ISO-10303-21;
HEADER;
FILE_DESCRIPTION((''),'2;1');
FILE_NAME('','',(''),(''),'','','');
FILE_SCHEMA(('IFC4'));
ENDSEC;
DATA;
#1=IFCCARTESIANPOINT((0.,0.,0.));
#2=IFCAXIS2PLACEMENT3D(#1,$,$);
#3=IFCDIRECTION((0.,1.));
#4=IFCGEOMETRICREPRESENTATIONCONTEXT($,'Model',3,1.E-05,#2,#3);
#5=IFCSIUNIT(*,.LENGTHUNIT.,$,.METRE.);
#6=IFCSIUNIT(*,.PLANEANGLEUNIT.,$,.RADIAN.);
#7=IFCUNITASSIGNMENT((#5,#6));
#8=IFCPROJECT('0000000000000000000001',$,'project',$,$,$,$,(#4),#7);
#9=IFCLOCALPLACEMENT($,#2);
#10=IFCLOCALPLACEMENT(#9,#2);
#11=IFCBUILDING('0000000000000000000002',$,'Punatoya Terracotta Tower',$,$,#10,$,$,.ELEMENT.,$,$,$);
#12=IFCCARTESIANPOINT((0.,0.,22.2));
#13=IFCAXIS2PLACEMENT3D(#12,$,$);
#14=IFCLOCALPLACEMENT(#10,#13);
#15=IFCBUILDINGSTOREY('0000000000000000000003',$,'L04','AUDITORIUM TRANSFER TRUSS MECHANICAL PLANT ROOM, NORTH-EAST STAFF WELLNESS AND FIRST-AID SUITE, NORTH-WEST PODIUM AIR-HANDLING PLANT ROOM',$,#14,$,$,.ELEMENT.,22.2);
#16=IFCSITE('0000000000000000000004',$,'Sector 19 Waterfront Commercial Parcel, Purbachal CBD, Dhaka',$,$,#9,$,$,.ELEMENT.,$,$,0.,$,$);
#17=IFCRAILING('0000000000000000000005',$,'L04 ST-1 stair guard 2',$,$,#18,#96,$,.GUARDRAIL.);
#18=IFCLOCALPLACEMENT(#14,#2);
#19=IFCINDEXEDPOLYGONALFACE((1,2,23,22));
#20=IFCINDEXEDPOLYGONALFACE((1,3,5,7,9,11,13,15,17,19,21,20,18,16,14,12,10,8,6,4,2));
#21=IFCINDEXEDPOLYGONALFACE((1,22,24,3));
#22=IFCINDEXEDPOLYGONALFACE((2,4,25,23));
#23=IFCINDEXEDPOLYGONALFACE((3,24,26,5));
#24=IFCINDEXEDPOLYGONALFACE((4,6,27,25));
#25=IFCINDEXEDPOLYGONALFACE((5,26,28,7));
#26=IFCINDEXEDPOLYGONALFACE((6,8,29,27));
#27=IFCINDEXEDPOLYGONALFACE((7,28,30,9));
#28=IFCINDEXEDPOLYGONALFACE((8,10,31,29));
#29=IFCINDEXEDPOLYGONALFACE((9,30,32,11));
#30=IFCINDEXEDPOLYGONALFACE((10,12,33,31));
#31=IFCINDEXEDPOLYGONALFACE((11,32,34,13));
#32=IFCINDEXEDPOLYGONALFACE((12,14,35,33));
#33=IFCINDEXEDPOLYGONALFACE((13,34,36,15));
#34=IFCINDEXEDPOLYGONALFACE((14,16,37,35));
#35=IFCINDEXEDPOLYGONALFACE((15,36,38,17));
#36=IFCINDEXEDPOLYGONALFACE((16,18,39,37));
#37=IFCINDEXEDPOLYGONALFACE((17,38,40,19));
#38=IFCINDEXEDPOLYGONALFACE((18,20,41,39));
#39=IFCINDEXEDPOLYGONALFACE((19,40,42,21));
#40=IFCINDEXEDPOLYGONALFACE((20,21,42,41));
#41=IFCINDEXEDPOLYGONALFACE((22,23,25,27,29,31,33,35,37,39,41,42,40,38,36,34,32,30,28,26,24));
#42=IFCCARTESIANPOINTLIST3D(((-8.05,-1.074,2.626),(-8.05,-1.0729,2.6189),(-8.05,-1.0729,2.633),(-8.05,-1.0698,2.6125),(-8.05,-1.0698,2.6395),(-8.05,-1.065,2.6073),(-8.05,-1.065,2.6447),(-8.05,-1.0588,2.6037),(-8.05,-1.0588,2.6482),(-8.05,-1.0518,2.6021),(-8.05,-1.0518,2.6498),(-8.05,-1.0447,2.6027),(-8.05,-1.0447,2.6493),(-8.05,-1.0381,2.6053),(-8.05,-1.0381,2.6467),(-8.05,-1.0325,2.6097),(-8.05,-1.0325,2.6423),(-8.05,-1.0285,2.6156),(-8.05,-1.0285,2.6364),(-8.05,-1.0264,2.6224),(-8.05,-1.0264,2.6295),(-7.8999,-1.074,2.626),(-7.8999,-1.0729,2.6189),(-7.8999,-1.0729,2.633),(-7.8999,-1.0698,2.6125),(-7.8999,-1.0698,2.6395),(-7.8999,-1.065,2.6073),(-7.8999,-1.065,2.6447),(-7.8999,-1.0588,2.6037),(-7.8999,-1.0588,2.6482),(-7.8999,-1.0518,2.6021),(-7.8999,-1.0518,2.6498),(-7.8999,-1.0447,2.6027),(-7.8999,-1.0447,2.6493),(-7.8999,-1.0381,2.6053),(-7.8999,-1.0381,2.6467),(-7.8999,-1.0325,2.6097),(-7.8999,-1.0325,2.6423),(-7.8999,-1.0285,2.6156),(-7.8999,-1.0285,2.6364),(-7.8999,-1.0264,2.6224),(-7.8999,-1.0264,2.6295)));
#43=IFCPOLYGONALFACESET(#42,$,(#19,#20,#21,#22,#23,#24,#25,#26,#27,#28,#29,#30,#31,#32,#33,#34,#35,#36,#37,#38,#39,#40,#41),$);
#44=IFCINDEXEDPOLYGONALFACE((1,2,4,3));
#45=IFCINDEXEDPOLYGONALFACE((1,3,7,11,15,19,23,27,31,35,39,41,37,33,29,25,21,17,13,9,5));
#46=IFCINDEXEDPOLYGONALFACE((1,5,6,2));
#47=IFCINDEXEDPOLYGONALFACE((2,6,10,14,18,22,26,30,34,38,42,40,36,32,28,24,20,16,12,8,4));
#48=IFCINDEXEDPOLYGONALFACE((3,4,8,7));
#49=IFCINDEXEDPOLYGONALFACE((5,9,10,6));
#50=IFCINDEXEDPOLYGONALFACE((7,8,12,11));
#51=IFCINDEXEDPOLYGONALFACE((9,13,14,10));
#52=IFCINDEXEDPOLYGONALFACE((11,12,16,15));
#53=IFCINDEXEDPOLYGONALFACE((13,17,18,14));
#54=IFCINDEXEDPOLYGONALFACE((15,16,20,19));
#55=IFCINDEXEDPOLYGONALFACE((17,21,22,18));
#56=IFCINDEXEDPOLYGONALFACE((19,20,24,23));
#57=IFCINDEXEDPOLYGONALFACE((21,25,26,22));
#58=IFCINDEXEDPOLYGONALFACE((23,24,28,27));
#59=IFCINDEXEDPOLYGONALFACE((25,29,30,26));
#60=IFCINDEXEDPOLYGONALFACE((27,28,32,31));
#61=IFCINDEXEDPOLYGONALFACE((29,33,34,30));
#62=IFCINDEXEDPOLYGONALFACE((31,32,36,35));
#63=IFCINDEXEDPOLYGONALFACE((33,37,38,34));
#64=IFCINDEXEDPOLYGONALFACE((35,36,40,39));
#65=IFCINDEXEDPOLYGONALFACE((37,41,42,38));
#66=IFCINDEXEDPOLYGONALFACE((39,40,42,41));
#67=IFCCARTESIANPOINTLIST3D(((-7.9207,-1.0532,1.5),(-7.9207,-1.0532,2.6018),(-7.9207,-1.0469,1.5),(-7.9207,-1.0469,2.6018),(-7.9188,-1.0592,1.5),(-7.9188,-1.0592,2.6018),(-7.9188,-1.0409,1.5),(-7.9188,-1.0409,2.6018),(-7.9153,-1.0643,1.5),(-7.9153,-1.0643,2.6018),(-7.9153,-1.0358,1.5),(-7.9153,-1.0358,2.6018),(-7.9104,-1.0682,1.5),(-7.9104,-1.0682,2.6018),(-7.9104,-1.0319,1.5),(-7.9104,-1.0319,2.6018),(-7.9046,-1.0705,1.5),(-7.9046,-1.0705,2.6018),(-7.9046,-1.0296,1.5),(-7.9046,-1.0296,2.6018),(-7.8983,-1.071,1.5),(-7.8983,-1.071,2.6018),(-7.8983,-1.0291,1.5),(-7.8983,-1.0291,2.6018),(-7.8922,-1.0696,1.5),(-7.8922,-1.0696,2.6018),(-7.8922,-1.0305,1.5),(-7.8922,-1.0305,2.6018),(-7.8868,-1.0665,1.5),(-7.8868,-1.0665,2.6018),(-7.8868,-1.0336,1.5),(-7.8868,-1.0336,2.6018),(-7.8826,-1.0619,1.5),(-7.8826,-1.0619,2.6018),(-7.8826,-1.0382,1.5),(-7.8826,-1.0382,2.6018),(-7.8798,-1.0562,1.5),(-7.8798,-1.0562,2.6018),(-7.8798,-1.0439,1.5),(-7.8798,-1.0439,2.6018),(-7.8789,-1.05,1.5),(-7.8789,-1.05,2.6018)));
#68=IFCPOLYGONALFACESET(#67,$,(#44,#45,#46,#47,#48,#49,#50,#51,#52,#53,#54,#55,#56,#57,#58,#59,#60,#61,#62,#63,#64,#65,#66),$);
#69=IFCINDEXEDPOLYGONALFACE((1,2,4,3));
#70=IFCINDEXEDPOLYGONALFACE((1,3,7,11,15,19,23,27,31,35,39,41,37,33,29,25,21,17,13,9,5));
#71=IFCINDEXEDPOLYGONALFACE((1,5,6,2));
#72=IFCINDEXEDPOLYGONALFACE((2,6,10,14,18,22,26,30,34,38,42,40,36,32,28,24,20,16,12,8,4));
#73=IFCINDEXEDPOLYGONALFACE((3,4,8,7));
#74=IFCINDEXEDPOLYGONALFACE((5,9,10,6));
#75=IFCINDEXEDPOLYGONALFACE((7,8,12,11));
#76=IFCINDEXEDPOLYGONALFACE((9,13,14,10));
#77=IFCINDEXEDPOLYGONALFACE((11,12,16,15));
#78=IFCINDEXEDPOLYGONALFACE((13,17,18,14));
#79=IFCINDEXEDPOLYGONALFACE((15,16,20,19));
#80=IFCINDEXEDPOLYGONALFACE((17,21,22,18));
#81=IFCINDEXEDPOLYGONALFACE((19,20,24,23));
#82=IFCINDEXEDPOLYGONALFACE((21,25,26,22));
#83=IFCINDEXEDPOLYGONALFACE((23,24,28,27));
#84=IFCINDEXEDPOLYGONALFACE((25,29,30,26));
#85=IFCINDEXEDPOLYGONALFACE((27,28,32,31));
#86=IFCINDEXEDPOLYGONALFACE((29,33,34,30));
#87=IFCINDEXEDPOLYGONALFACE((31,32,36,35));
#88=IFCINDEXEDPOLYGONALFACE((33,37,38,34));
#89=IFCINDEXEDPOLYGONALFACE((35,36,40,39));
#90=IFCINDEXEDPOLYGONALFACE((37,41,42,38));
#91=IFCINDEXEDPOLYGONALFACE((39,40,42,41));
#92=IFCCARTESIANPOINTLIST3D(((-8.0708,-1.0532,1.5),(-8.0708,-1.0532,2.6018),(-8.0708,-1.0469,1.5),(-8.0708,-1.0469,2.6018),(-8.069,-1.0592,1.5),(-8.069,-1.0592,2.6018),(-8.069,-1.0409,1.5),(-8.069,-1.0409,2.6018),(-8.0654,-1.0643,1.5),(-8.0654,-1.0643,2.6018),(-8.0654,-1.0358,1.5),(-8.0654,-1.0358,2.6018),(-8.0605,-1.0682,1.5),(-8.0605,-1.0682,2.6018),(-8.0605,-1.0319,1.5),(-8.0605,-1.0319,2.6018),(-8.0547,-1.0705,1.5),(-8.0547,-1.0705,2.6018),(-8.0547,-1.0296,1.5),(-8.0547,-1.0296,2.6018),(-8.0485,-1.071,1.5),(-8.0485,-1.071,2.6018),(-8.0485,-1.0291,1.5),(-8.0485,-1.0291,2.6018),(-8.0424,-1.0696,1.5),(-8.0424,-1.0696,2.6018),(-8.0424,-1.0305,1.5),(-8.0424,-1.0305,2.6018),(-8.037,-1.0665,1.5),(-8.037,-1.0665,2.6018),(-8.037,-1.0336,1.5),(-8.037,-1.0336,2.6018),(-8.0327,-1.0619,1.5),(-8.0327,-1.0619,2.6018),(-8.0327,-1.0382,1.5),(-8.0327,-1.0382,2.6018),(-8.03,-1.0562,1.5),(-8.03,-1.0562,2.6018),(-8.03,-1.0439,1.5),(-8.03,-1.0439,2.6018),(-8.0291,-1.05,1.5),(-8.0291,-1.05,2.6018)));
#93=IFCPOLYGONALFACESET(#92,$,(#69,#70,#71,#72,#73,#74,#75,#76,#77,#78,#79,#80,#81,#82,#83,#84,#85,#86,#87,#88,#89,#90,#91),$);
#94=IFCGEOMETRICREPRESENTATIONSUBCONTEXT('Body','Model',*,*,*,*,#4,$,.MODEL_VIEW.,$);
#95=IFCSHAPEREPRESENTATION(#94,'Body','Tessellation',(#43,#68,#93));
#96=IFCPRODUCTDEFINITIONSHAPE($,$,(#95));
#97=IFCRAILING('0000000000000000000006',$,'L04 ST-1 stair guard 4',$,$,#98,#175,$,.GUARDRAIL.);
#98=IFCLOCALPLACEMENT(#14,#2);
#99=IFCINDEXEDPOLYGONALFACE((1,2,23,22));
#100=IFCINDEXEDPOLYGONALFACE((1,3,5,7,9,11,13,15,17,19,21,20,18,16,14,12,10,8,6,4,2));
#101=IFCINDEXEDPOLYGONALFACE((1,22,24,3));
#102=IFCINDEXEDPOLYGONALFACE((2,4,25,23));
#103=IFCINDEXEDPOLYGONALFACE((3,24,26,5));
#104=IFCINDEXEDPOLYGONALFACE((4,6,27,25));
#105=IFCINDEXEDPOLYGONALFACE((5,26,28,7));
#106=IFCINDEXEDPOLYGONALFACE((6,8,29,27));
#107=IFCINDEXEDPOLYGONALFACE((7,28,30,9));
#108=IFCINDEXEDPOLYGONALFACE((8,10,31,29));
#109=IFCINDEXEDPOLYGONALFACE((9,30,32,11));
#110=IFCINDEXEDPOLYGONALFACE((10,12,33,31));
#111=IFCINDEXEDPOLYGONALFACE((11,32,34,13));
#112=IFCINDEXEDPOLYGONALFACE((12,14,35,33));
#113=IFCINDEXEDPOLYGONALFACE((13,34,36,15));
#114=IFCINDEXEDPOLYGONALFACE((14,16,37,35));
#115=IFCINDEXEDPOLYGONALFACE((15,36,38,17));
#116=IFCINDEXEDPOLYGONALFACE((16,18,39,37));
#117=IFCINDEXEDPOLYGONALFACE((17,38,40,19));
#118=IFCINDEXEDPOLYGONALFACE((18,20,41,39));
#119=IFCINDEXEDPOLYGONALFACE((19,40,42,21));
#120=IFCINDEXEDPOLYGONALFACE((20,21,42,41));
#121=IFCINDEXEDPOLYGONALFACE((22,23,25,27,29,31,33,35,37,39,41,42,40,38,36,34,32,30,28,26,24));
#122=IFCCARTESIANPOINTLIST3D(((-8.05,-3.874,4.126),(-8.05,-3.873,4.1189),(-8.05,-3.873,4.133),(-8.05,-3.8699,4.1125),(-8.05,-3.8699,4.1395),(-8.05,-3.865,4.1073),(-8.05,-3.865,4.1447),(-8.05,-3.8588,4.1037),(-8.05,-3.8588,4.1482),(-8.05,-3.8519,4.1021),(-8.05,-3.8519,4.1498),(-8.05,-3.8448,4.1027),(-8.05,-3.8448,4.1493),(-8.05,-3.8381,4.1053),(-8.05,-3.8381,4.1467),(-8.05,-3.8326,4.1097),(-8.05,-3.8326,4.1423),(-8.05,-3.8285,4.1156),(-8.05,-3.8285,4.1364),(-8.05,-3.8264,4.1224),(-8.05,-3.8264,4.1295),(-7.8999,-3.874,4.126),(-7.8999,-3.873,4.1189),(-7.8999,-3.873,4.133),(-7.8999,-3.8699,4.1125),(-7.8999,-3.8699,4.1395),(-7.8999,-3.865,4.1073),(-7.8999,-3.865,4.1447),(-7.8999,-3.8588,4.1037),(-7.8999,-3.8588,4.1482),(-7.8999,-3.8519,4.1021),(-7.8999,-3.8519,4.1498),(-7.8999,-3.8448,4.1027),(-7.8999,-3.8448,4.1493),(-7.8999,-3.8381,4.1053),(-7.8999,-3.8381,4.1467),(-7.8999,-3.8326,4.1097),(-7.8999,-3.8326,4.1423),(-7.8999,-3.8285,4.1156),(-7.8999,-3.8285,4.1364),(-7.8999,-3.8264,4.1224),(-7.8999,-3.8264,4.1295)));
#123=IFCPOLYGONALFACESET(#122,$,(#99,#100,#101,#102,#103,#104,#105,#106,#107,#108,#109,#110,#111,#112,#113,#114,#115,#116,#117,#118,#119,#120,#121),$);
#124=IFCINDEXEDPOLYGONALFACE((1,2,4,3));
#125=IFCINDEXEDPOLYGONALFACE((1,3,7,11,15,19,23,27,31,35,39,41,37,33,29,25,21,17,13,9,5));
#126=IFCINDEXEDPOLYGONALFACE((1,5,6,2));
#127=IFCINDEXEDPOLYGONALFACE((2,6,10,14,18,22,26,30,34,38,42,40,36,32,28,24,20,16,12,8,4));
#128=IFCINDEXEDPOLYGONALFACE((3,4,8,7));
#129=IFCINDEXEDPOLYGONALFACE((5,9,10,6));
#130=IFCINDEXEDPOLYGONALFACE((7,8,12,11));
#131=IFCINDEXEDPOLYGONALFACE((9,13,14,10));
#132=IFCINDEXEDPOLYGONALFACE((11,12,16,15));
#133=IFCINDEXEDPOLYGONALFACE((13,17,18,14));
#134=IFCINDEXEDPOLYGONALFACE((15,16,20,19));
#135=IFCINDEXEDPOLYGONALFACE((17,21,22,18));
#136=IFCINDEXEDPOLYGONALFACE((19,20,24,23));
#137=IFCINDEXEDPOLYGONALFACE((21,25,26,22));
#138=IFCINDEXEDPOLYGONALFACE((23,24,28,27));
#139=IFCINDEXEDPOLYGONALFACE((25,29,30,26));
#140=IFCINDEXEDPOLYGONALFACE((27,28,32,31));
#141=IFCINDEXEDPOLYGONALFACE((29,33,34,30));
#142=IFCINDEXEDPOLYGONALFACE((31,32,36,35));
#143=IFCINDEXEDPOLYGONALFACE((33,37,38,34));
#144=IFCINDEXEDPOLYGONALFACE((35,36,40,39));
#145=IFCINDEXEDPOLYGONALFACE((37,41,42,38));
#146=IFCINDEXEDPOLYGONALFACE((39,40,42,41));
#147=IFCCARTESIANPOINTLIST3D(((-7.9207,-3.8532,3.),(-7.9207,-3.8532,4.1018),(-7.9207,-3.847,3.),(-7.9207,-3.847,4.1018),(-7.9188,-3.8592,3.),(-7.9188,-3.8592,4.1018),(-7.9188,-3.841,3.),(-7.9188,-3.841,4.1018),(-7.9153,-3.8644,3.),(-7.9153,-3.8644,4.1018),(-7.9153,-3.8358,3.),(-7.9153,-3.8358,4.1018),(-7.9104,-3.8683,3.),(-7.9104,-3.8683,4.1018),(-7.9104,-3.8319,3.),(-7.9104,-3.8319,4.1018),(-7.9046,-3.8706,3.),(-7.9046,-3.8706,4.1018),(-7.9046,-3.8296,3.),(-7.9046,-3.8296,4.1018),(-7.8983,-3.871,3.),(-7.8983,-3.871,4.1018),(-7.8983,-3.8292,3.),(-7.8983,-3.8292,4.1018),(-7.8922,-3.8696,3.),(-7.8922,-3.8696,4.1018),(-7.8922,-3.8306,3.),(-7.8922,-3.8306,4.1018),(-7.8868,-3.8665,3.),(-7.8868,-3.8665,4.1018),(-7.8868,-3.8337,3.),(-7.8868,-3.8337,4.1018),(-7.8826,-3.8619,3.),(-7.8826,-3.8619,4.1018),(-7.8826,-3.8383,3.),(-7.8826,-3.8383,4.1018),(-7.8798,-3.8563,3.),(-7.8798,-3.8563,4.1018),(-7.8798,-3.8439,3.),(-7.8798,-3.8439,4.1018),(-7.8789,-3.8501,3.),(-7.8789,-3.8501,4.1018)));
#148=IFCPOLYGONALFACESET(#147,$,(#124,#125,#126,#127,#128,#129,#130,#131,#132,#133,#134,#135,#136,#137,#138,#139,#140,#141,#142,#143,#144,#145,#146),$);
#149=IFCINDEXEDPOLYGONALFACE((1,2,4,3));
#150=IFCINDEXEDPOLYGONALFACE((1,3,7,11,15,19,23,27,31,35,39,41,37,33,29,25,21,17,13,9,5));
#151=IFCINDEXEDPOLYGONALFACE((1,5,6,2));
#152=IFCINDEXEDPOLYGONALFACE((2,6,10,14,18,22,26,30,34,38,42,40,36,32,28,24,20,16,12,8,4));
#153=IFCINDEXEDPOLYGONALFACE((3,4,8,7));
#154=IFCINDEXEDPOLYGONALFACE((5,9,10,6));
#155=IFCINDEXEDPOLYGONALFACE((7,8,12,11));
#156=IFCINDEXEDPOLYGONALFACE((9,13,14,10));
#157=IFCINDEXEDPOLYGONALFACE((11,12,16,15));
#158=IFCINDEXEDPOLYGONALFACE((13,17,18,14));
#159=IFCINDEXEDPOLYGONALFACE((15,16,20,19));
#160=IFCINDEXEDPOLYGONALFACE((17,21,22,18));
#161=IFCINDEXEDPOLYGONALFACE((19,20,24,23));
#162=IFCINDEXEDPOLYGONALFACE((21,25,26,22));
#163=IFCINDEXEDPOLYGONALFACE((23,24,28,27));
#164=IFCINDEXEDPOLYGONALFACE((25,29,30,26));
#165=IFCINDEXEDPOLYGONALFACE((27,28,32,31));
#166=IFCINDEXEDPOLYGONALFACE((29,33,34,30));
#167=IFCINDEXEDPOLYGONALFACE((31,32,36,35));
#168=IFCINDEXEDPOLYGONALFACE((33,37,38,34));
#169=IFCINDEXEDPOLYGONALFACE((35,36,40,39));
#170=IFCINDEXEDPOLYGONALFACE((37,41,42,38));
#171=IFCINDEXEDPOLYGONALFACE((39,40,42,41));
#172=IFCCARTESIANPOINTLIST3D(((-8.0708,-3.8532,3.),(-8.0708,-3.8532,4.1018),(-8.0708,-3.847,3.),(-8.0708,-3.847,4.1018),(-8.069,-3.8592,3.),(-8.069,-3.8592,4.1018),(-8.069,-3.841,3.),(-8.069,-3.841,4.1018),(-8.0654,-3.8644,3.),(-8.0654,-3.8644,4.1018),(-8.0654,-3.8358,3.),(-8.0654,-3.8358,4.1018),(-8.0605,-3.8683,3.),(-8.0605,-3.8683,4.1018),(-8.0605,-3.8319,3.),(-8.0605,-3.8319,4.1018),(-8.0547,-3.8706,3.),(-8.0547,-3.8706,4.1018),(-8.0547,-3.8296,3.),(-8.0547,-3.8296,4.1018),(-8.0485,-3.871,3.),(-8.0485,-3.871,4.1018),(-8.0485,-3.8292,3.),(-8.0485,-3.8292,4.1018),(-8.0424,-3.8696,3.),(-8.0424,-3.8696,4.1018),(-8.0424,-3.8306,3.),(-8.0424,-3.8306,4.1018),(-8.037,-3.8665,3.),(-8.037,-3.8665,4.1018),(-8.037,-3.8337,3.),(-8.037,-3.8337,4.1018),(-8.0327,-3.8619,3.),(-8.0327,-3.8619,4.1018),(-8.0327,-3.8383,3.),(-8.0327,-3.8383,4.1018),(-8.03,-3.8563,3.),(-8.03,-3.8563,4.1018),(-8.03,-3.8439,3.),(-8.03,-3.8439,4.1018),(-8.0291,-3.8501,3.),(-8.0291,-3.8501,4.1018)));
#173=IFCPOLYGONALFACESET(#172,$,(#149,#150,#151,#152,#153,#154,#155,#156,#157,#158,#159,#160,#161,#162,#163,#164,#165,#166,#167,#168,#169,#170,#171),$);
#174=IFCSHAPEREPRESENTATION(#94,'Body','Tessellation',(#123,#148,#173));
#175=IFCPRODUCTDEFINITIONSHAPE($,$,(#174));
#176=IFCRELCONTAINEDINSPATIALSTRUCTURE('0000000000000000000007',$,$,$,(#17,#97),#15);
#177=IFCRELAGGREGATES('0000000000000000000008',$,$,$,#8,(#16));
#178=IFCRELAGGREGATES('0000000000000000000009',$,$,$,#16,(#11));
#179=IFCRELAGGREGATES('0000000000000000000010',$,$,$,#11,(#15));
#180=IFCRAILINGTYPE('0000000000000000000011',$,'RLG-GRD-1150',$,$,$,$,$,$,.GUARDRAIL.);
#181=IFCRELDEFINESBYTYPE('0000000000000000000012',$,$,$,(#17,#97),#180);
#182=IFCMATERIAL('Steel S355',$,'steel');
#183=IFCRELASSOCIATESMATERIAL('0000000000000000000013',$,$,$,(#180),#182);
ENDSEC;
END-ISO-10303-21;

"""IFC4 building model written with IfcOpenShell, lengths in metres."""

from ifc_helpers import new_model, si_unit, direction, frame, origin, origin_2d, place, context, subcontext, project, spatial, circle, extrude, material, type_object, element, save


model = new_model("IFC4")

# Units and contexts
model_context = context("Model", 3, precision=1e-05, world=origin(), true_north=direction((0.0, 1.0)))
body_context = subcontext(model_context, "Body", "Model", "MODEL_VIEW")
ifc_project = project(units=[si_unit("LENGTHUNIT", "METRE"), si_unit("PLANEANGLEUNIT", "RADIAN")], contexts=[model_context])

# Site, building, storey
site_placement = place(None, origin())
site = spatial("IfcSite", under=ifc_project, at=site_placement, Name="Sector 19 Waterfront Commercial Parcel, Purbachal CBD, Dhaka", CompositionType="ELEMENT", RefElevation=0.0)
building_placement = place(site_placement, origin())
building = spatial("IfcBuilding", under=site, at=building_placement, Name="Punatoya Terracotta Tower", CompositionType="ELEMENT")
storey_placement = place(building_placement, frame((0.0, 0.0, 22.2)))
storey = spatial("IfcBuildingStorey", under=building, at=storey_placement, Name="L04", Description="AUDITORIUM TRANSFER TRUSS MECHANICAL PLANT ROOM, NORTH-EAST STAFF WELLNESS AND FIRST-AID SUITE, NORTH-WEST PODIUM AIR-HANDLING PLANT ROOM", CompositionType="ELEMENT", Elevation=22.2)

# Railings
ifc_material_1 = material(Name="Steel S355", Category="steel")
railing_type_1 = type_object("IfcRailingType", Name="RLG-GRD-1150", PredefinedType="GUARDRAIL", material=ifc_material_1)
for number, where, name in (
    (1, (-7.8999, -1.05, 1.5), "L04 ST-1 stair guard 2"),
    (2, (-7.8999, -3.8501, 3.0), "L04 ST-1 stair guard 4"),
):
    element("IfcRailing", number, at=place(storey_placement, frame(where)), inside=storey, type_object=railing_type_1, Name=name, PredefinedType="GUARDRAIL", context=body_context, shape_type="SweptSolid", body=[
        extrude(circle(Radius=0.0239, at=origin_2d()), frame((0.0, 0.0, 1.126), z_axis=(-1.0, 0.0, 0.0), x_axis=(0.0, -1.0, 0.0)), (0.0, 0.0, 1.0), 0.1501),
        extrude(circle(Radius=0.021, at=origin_2d()), origin(), (0.0, 0.0, 1.0), 1.1018),
        extrude(circle(Radius=0.021, at=origin_2d()), frame((-0.1501, 0.0, 0.0)), (0.0, 0.0, 1.0), 1.1018),
    ])

save(model, "model.ifc")
